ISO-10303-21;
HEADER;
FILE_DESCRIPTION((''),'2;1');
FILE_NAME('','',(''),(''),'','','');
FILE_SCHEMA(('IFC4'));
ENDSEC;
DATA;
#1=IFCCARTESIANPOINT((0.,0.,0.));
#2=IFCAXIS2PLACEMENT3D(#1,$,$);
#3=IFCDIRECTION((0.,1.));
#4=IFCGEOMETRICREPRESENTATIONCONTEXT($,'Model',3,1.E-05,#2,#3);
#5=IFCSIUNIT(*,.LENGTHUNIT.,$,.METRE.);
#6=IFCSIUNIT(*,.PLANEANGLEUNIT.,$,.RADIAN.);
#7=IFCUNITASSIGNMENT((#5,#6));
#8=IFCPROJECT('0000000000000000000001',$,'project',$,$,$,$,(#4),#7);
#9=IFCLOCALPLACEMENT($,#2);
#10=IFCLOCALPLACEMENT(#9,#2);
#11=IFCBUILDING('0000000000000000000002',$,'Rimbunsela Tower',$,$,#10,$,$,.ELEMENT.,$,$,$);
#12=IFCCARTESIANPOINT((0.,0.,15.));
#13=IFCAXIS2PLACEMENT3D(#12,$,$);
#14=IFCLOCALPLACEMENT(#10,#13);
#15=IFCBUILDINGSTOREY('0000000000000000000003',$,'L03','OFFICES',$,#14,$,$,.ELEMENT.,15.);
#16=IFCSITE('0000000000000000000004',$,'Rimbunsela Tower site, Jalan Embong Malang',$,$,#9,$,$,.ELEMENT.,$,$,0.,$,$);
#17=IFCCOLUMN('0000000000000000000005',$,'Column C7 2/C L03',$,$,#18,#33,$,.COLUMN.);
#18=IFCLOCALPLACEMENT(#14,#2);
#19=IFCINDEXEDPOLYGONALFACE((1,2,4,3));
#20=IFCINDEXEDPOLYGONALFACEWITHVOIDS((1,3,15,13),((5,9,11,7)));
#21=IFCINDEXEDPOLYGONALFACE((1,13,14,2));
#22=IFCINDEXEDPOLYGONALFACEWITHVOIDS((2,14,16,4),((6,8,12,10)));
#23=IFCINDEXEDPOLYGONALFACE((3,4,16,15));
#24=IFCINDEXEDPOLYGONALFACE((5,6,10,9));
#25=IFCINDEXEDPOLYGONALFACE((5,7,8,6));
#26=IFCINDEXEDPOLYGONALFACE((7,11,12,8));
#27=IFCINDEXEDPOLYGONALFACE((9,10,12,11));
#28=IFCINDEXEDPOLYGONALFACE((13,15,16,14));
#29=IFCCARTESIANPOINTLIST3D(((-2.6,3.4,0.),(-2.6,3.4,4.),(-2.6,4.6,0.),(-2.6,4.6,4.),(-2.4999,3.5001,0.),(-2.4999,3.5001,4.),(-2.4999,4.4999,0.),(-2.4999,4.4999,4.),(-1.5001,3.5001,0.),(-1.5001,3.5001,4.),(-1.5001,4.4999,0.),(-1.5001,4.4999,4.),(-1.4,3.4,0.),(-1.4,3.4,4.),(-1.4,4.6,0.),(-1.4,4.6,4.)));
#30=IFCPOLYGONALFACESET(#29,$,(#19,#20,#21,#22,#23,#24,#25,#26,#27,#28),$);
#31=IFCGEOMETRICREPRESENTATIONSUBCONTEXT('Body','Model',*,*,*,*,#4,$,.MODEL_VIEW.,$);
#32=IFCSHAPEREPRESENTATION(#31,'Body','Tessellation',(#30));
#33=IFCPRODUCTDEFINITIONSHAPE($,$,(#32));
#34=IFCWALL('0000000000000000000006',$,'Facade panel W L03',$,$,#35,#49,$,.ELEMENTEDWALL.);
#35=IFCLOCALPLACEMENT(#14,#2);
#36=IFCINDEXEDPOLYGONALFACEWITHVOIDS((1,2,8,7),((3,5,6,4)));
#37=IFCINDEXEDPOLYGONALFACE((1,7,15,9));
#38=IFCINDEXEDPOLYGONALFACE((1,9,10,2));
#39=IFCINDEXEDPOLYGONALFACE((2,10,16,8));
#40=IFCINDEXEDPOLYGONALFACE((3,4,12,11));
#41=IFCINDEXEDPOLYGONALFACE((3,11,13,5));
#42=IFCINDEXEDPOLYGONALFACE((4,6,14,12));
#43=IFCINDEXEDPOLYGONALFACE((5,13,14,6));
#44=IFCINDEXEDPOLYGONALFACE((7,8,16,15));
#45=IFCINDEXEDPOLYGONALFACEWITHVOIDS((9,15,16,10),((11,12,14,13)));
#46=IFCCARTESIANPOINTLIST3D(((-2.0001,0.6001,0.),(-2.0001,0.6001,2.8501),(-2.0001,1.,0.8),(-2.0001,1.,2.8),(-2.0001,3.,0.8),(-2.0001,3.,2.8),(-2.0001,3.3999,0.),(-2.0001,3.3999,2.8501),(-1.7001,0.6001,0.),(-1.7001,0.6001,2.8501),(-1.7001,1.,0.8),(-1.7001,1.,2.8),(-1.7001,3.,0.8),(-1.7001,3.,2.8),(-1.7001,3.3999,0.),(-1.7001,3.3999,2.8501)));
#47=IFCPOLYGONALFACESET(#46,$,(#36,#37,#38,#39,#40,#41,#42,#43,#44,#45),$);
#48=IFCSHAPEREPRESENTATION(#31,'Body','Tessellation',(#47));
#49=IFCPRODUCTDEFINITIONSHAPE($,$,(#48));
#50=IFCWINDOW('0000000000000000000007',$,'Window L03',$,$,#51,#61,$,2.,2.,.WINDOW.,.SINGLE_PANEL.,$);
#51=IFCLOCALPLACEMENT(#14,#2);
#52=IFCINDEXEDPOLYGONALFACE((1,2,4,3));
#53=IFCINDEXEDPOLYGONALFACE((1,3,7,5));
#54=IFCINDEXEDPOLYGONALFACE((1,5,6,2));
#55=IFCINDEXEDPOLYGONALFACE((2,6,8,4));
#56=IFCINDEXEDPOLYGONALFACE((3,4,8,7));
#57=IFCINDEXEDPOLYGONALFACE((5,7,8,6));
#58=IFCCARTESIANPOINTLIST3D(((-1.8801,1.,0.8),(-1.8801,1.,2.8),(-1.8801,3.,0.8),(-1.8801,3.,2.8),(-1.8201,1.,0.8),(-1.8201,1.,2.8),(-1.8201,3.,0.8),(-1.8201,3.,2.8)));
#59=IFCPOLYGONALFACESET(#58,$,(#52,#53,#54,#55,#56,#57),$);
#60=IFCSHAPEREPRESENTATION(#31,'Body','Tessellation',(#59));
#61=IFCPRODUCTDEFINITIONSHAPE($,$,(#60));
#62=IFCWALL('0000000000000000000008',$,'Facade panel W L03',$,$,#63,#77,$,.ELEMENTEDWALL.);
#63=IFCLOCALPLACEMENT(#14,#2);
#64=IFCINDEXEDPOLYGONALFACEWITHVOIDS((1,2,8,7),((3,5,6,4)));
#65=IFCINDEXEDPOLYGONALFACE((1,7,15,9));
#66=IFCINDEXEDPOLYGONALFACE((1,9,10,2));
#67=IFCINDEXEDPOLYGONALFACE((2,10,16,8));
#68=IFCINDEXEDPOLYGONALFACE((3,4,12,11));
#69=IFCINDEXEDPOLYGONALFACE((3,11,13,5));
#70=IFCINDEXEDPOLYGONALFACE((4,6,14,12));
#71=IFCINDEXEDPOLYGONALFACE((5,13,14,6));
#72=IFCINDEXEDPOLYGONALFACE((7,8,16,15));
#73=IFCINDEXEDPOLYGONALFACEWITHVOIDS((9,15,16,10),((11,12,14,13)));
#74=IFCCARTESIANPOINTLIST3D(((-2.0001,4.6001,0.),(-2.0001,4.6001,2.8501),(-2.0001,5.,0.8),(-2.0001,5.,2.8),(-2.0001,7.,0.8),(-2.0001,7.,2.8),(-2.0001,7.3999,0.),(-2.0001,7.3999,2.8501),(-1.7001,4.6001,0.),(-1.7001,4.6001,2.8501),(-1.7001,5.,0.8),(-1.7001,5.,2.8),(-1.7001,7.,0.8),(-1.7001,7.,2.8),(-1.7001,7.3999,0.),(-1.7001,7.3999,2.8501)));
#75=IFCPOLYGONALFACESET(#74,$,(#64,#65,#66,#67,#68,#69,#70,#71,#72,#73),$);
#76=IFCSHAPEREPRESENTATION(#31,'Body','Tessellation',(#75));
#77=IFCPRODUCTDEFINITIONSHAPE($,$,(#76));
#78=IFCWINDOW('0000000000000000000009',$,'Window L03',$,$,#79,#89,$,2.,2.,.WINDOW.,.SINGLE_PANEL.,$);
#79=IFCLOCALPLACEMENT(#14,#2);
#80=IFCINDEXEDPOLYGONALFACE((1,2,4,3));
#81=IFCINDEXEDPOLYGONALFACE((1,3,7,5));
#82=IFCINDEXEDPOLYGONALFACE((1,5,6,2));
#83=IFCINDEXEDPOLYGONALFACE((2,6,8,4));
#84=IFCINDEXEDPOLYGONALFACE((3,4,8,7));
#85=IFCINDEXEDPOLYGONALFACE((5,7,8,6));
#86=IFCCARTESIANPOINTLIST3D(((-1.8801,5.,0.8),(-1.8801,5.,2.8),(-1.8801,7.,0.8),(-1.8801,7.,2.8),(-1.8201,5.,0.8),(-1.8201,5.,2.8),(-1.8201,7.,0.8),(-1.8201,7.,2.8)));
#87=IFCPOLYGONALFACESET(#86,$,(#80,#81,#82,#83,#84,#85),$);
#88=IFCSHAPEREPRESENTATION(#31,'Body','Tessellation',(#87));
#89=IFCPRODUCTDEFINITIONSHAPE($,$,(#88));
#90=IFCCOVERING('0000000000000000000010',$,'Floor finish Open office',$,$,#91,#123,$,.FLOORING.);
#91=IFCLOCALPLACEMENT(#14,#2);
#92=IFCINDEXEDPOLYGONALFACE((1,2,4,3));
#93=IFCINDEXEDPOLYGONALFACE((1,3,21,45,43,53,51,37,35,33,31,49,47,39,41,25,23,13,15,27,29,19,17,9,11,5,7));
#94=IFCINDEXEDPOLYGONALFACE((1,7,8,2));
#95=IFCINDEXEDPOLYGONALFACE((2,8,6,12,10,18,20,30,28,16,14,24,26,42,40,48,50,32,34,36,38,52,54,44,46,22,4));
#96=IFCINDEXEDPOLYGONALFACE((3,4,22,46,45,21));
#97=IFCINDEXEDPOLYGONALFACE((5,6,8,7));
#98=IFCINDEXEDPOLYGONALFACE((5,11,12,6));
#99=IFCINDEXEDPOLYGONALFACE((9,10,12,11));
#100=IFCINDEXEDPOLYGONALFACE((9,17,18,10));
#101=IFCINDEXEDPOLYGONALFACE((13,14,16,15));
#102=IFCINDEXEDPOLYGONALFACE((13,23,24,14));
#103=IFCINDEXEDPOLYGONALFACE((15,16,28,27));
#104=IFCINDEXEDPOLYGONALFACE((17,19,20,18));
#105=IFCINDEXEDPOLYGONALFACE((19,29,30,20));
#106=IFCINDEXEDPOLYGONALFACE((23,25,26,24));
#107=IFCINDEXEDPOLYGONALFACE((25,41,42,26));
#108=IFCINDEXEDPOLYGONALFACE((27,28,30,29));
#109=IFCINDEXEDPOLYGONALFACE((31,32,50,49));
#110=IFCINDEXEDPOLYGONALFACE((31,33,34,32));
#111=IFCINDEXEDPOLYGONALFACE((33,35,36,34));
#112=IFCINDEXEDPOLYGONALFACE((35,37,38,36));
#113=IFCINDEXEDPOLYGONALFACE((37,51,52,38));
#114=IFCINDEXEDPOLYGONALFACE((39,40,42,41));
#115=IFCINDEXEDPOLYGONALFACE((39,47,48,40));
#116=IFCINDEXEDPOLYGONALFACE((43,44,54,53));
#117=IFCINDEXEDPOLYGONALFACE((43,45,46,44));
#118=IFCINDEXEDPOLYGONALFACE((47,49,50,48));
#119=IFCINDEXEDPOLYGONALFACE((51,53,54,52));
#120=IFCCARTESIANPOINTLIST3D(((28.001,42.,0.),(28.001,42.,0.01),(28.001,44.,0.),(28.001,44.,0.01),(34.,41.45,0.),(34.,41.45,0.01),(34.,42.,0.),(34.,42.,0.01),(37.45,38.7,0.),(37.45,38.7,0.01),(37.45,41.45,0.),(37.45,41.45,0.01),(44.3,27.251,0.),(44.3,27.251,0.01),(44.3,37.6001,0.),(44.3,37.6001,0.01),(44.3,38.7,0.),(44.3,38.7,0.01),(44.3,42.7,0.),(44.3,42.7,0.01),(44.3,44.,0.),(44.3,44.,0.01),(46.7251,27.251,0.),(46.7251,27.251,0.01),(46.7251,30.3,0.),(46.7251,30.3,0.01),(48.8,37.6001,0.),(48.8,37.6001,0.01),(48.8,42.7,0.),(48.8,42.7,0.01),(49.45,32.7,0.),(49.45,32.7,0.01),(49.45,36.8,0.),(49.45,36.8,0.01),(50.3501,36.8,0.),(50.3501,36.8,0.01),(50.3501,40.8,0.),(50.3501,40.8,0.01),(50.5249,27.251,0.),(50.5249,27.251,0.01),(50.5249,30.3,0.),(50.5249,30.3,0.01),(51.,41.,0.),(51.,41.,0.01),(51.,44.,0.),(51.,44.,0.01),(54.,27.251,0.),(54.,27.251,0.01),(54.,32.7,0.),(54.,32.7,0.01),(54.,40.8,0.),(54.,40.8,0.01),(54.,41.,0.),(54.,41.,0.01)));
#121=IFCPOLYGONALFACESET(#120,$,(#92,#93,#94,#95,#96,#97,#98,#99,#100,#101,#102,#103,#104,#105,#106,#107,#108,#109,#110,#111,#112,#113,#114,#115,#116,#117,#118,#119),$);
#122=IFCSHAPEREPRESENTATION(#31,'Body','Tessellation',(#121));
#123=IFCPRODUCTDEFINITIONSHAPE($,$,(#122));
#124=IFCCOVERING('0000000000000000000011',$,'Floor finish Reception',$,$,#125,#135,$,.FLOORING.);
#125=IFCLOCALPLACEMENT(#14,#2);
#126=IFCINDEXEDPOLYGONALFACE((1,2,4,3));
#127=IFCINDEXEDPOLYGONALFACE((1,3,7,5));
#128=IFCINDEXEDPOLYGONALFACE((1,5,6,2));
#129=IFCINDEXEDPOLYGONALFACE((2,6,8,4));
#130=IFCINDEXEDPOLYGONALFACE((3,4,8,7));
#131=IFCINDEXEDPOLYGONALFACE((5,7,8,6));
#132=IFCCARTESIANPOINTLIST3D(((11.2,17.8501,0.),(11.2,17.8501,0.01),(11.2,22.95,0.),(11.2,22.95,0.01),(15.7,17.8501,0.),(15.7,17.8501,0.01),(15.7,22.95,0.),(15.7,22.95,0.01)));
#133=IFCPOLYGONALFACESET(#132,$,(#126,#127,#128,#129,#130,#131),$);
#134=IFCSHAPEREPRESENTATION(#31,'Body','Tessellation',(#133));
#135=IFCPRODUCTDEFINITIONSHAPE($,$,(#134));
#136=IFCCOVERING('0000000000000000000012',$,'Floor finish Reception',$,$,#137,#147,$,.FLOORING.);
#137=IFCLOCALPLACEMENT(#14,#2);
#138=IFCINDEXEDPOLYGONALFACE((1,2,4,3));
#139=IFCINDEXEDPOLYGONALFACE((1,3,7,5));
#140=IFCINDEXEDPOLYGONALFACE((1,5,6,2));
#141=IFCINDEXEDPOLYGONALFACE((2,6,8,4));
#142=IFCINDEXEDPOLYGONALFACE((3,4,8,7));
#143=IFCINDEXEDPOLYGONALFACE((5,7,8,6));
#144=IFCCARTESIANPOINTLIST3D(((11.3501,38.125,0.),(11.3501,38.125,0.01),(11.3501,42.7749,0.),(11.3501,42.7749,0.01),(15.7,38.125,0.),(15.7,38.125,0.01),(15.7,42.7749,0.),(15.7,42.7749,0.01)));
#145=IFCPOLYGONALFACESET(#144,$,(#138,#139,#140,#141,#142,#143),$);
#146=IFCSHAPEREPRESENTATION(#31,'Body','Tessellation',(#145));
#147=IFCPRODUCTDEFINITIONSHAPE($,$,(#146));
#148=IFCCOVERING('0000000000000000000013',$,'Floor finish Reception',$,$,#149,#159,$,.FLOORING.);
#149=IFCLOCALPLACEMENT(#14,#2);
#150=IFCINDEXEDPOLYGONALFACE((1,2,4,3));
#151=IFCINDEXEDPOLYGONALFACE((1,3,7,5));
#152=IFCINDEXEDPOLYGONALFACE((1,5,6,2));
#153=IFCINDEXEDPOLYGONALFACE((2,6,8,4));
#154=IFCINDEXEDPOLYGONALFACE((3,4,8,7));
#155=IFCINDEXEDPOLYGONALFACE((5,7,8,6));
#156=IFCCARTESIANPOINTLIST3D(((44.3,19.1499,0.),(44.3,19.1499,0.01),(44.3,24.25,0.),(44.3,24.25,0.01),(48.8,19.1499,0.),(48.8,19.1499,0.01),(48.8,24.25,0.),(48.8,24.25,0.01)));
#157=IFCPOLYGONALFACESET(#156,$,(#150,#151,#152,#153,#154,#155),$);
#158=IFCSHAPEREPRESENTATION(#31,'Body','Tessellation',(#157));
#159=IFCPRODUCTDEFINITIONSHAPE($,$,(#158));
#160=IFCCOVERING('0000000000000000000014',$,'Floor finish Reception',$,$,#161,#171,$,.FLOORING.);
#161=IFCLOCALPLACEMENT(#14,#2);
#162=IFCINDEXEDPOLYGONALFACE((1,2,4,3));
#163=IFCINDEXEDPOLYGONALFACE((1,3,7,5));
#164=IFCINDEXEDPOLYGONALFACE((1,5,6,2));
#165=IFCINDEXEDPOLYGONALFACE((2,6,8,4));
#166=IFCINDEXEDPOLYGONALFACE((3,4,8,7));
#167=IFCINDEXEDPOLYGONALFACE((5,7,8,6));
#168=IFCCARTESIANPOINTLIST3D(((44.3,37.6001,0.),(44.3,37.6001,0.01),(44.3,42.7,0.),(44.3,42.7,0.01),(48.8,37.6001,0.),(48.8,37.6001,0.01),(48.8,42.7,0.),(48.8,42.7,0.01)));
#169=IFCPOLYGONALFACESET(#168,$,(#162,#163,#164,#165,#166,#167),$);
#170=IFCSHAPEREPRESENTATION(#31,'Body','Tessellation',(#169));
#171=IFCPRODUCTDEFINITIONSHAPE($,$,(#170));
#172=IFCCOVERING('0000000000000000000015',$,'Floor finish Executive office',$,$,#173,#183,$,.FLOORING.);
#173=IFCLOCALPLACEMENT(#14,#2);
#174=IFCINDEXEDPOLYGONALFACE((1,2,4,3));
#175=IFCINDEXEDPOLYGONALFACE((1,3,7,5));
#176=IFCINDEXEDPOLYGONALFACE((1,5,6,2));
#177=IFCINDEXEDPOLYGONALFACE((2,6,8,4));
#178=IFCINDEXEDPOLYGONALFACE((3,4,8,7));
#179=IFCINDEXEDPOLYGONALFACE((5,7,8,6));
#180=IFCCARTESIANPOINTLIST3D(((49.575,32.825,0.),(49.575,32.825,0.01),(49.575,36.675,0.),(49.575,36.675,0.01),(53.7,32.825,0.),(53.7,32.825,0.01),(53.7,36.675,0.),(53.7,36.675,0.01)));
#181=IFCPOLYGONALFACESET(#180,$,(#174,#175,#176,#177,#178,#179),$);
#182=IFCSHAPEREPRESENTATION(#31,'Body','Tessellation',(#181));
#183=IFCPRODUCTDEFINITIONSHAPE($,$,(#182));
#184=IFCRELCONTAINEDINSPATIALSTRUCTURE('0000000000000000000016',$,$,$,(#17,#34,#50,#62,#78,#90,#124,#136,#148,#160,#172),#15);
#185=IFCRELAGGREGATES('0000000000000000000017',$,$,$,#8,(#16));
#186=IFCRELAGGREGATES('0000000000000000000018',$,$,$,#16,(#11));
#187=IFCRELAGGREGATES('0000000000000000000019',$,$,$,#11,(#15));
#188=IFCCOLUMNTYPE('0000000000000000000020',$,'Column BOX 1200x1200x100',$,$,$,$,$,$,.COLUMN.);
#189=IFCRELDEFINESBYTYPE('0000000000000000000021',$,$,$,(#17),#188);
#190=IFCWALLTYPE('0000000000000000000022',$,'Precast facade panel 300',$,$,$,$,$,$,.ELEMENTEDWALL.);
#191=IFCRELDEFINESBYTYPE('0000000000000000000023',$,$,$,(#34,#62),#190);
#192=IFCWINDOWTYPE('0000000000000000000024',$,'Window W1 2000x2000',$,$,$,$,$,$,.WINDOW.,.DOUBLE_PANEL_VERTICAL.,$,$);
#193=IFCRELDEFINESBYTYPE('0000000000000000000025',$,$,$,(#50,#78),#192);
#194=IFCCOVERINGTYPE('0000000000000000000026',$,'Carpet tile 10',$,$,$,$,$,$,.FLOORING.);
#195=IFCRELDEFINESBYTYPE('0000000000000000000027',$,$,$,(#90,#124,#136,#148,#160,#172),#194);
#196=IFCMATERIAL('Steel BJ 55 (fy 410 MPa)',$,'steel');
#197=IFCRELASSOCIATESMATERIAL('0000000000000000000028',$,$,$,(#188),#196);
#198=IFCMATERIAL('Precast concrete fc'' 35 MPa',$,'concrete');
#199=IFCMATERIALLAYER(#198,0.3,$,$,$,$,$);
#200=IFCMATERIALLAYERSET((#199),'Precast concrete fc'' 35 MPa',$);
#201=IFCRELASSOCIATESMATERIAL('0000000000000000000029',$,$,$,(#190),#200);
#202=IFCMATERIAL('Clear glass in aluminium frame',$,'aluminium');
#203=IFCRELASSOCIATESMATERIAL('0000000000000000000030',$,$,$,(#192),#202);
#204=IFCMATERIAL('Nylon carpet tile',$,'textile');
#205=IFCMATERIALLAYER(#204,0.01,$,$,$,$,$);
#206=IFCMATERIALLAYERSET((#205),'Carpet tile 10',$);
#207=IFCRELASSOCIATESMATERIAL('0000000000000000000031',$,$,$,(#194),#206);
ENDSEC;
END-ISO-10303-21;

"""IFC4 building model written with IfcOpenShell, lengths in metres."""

from ifc_helpers import new_model, si_unit, direction, frame, frame_2d, origin, origin_2d, place, context, subcontext, project, spatial, polyline, rectangle, hollow_rectangle, outline, extrude, material, layer, layer_set, material_profile, profile_set, type_object, element, fill, save


model = new_model("IFC4")

# Units and contexts
model_context = context("Model", 3, precision=1e-05, world=origin(), true_north=direction((0.0, 1.0)))
body_context = subcontext(model_context, "Body", "Model", "MODEL_VIEW")
ifc_project = project(units=[si_unit("LENGTHUNIT", "METRE"), si_unit("PLANEANGLEUNIT", "RADIAN")], contexts=[model_context])

# Site, building, storey
site_placement = place(None, origin())
site = spatial("IfcSite", under=ifc_project, at=site_placement, Name="Rimbunsela Tower site, Jalan Embong Malang", CompositionType="ELEMENT", RefElevation=0.0)
building_placement = place(site_placement, origin())
building = spatial("IfcBuilding", under=site, at=building_placement, Name="Rimbunsela Tower", CompositionType="ELEMENT")
storey_placement = place(building_placement, frame((0.0, 0.0, 15.0)))
storey = spatial("IfcBuildingStorey", under=building, at=storey_placement, Name="L03", Description="OFFICES", CompositionType="ELEMENT", Elevation=15.0)

# Column
ifc_material_1 = material(Name="Steel BJ 55 (fy 410 MPa)", Category="steel")
ifc_material_profile = material_profile(ifc_material_1, hollow_rectangle(XDim=1.2, YDim=1.2, WallThickness=0.1001, at=origin_2d()), Name="BOX 1200x1200x100")
ifc_profile_set = profile_set([ifc_material_profile], Name="Steel BJ 55 (fy 410 MPa)")
column_type = type_object("IfcColumnType", Name="Column BOX 1200x1200x100", PredefinedType="COLUMN", material=ifc_profile_set)
column_placement = place(storey_placement, frame((-2.0, 4.0, 0.0), z_axis=(0.0, 0.0, 1.0), x_axis=(1.0, 0.0, 0.0)))
element("IfcColumn", 1, at=column_placement, inside=storey, type_object=column_type, Name="Column C7 2/C L03", PredefinedType="COLUMN", context=body_context, shape_type="SweptSolid", body=[
    extrude(hollow_rectangle(XDim=1.2, YDim=1.2, WallThickness=0.1001, at=origin_2d()), origin(), (0.0, 0.0, 1.0), 4.0),
])

# Walls, openings, windows
ifc_material_2 = material(Name="Precast concrete fc' 35 MPa", Category="concrete")
ifc_layer_1 = layer(ifc_material_2, 0.3)
ifc_layer_set_1 = layer_set([ifc_layer_1], Name="Precast concrete fc' 35 MPa")
wall_type = type_object("IfcWallType", Name="Precast facade panel 300", PredefinedType="ELEMENTEDWALL", material=ifc_layer_set_1)
wall_1_placement = place(storey_placement, frame((-1.8501, 3.3999, 0.0), z_axis=(0.0, 0.0, 1.0), x_axis=(0.0, -1.0, 0.0)))
wall_1 = element("IfcWall", 2, at=wall_1_placement, inside=storey, type_object=wall_type, Name="Facade panel W L03", PredefinedType="ELEMENTEDWALL", context=body_context, shape_type="SweptSolid", body=[
    extrude(rectangle(XDim=2.7998, YDim=0.3, at=frame_2d((1.3999, 0.0))), origin(), (0.0, 0.0, 1.0), 2.8501),
])
opening_1_placement = place(wall_1_placement, frame((0.3999, 0.0, 0.8)))
opening_1 = element("IfcOpeningElement", 3, at=opening_1_placement, cuts=wall_1, PredefinedType="OPENING", context=body_context, shape_type="SweptSolid", body=[
    extrude(rectangle(XDim=2.0, YDim=2.0, at=frame_2d((1.0, 1.0))), frame((0.0, 0.1599, 0.0), z_axis=(0.0, -1.0, 0.0), x_axis=(1.0, 0.0, 0.0)), (0.0, 0.0, 1.0), 0.3201),
])
ifc_material_3 = material(Name="Clear glass in aluminium frame", Category="aluminium")
window_type = type_object("IfcWindowType", Name="Window W1 2000x2000", PartitioningType="DOUBLE_PANEL_VERTICAL", PredefinedType="WINDOW", material=ifc_material_3)
window_1_placement = place(opening_1_placement, origin())
window_1 = element("IfcWindow", 4, at=window_1_placement, inside=storey, type_object=window_type, Name="Window L03", OverallHeight=2.0, OverallWidth=2.0, PartitioningType="SINGLE_PANEL", PredefinedType="WINDOW", context=body_context, shape_type="SweptSolid", body=[
    extrude(rectangle(XDim=2.0, YDim=2.0, at=frame_2d((1.0, 1.0))), frame((0.0, 0.03, 0.0), z_axis=(0.0, -1.0, 0.0), x_axis=(1.0, 0.0, 0.0)), (0.0, 0.0, 1.0), 0.0601),
])
fill(opening_1, window_1)
wall_2_placement = place(storey_placement, frame((-1.8501, 7.3999, 0.0), z_axis=(0.0, 0.0, 1.0), x_axis=(0.0, -1.0, 0.0)))
wall_2 = element("IfcWall", 5, at=wall_2_placement, inside=storey, type_object=wall_type, Name="Facade panel W L03", PredefinedType="ELEMENTEDWALL", context=body_context, shape_type="SweptSolid", body=[
    extrude(rectangle(XDim=2.7998, YDim=0.3, at=frame_2d((1.3999, 0.0))), origin(), (0.0, 0.0, 1.0), 2.8501),
])
opening_2_placement = place(wall_2_placement, frame((0.3999, 0.0, 0.8)))
opening_2 = element("IfcOpeningElement", 6, at=opening_2_placement, cuts=wall_2, PredefinedType="OPENING", context=body_context, shape_type="SweptSolid", body=[
    extrude(rectangle(XDim=2.0, YDim=2.0, at=frame_2d((1.0, 1.0))), frame((0.0, 0.1599, 0.0), z_axis=(0.0, -1.0, 0.0), x_axis=(1.0, 0.0, 0.0)), (0.0, 0.0, 1.0), 0.3201),
])
window_2_placement = place(opening_2_placement, origin())
window_2 = element("IfcWindow", 7, at=window_2_placement, inside=storey, type_object=window_type, Name="Window L03", OverallHeight=2.0, OverallWidth=2.0, PartitioningType="SINGLE_PANEL", PredefinedType="WINDOW", context=body_context, shape_type="SweptSolid", body=[
    extrude(rectangle(XDim=2.0, YDim=2.0, at=frame_2d((1.0, 1.0))), frame((0.0, 0.03, 0.0), z_axis=(0.0, -1.0, 0.0), x_axis=(1.0, 0.0, 0.0)), (0.0, 0.0, 1.0), 0.0601),
])
fill(opening_2, window_2)

# Coverings
ifc_material_4 = material(Name="Nylon carpet tile", Category="textile")
ifc_layer_2 = layer(ifc_material_4, 0.01)
ifc_layer_set_2 = layer_set([ifc_layer_2], Name="Carpet tile 10")
covering_type_1 = type_object("IfcCoveringType", Name="Carpet tile 10", PredefinedType="FLOORING", material=ifc_layer_set_2)
covering_1_placement = place(storey_placement, origin())
element("IfcCovering", 8, at=covering_1_placement, inside=storey, type_object=covering_type_1, Name="Floor finish Open office", PredefinedType="FLOORING", context=body_context, shape_type="SweptSolid", body=[
    extrude(outline(polyline([(44.3, 38.7), (37.45, 38.7), (37.45, 41.45), (34.0, 41.45), (34.0, 42.0), (28.001, 42.0), (28.001, 44.0), (44.3, 44.0), (51.0, 44.0), (51.0, 41.0), (54.0, 41.0), (54.0, 40.8), (50.3501, 40.8), (50.3501, 36.8), (49.45, 36.8), (49.45, 32.7), (54.0, 32.7), (54.0, 27.251), (50.5249, 27.251), (50.5249, 30.3), (46.7251, 30.3), (46.7251, 27.251), (44.3, 27.251), (44.3, 37.6001), (48.8, 37.6001), (48.8, 42.7), (44.3, 42.7), (44.3, 38.7)])), origin(), (0.0, 0.0, 1.0), 0.01),
])
covering_2_placement = place(storey_placement, origin())
element("IfcCovering", 9, at=covering_2_placement, inside=storey, type_object=covering_type_1, Name="Floor finish Reception", PredefinedType="FLOORING", context=body_context, shape_type="SweptSolid", body=[
    extrude(outline(polyline([(15.7, 17.8501), (15.7, 22.95), (11.2, 22.95), (11.2, 17.8501), (15.7, 17.8501)])), origin(), (0.0, 0.0, 1.0), 0.01),
])
covering_3_placement = place(storey_placement, origin())
element("IfcCovering", 10, at=covering_3_placement, inside=storey, type_object=covering_type_1, Name="Floor finish Reception", PredefinedType="FLOORING", context=body_context, shape_type="SweptSolid", body=[
    extrude(outline(polyline([(15.7, 38.125), (15.7, 42.7749), (11.3501, 42.7749), (11.3501, 38.125), (15.7, 38.125)])), origin(), (0.0, 0.0, 1.0), 0.01),
])
covering_4_placement = place(storey_placement, origin())
element("IfcCovering", 11, at=covering_4_placement, inside=storey, type_object=covering_type_1, Name="Floor finish Reception", PredefinedType="FLOORING", context=body_context, shape_type="SweptSolid", body=[
    extrude(outline(polyline([(48.8, 19.1499), (48.8, 24.25), (44.3, 24.25), (44.3, 19.1499), (48.8, 19.1499)])), origin(), (0.0, 0.0, 1.0), 0.01),
])
covering_5_placement = place(storey_placement, origin())
element("IfcCovering", 12, at=covering_5_placement, inside=storey, type_object=covering_type_1, Name="Floor finish Reception", PredefinedType="FLOORING", context=body_context, shape_type="SweptSolid", body=[
    extrude(outline(polyline([(48.8, 37.6001), (48.8, 42.7), (44.3, 42.7), (44.3, 37.6001), (48.8, 37.6001)])), origin(), (0.0, 0.0, 1.0), 0.01),
])
covering_6_placement = place(storey_placement, origin())
element("IfcCovering", 13, at=covering_6_placement, inside=storey, type_object=covering_type_1, Name="Floor finish Executive office", PredefinedType="FLOORING", context=body_context, shape_type="SweptSolid", body=[
    extrude(outline(polyline([(53.7, 32.825), (53.7, 36.675), (49.575, 36.675), (49.575, 32.825), (53.7, 32.825)])), origin(), (0.0, 0.0, 1.0), 0.01),
])

save(model, "model.ifc")
